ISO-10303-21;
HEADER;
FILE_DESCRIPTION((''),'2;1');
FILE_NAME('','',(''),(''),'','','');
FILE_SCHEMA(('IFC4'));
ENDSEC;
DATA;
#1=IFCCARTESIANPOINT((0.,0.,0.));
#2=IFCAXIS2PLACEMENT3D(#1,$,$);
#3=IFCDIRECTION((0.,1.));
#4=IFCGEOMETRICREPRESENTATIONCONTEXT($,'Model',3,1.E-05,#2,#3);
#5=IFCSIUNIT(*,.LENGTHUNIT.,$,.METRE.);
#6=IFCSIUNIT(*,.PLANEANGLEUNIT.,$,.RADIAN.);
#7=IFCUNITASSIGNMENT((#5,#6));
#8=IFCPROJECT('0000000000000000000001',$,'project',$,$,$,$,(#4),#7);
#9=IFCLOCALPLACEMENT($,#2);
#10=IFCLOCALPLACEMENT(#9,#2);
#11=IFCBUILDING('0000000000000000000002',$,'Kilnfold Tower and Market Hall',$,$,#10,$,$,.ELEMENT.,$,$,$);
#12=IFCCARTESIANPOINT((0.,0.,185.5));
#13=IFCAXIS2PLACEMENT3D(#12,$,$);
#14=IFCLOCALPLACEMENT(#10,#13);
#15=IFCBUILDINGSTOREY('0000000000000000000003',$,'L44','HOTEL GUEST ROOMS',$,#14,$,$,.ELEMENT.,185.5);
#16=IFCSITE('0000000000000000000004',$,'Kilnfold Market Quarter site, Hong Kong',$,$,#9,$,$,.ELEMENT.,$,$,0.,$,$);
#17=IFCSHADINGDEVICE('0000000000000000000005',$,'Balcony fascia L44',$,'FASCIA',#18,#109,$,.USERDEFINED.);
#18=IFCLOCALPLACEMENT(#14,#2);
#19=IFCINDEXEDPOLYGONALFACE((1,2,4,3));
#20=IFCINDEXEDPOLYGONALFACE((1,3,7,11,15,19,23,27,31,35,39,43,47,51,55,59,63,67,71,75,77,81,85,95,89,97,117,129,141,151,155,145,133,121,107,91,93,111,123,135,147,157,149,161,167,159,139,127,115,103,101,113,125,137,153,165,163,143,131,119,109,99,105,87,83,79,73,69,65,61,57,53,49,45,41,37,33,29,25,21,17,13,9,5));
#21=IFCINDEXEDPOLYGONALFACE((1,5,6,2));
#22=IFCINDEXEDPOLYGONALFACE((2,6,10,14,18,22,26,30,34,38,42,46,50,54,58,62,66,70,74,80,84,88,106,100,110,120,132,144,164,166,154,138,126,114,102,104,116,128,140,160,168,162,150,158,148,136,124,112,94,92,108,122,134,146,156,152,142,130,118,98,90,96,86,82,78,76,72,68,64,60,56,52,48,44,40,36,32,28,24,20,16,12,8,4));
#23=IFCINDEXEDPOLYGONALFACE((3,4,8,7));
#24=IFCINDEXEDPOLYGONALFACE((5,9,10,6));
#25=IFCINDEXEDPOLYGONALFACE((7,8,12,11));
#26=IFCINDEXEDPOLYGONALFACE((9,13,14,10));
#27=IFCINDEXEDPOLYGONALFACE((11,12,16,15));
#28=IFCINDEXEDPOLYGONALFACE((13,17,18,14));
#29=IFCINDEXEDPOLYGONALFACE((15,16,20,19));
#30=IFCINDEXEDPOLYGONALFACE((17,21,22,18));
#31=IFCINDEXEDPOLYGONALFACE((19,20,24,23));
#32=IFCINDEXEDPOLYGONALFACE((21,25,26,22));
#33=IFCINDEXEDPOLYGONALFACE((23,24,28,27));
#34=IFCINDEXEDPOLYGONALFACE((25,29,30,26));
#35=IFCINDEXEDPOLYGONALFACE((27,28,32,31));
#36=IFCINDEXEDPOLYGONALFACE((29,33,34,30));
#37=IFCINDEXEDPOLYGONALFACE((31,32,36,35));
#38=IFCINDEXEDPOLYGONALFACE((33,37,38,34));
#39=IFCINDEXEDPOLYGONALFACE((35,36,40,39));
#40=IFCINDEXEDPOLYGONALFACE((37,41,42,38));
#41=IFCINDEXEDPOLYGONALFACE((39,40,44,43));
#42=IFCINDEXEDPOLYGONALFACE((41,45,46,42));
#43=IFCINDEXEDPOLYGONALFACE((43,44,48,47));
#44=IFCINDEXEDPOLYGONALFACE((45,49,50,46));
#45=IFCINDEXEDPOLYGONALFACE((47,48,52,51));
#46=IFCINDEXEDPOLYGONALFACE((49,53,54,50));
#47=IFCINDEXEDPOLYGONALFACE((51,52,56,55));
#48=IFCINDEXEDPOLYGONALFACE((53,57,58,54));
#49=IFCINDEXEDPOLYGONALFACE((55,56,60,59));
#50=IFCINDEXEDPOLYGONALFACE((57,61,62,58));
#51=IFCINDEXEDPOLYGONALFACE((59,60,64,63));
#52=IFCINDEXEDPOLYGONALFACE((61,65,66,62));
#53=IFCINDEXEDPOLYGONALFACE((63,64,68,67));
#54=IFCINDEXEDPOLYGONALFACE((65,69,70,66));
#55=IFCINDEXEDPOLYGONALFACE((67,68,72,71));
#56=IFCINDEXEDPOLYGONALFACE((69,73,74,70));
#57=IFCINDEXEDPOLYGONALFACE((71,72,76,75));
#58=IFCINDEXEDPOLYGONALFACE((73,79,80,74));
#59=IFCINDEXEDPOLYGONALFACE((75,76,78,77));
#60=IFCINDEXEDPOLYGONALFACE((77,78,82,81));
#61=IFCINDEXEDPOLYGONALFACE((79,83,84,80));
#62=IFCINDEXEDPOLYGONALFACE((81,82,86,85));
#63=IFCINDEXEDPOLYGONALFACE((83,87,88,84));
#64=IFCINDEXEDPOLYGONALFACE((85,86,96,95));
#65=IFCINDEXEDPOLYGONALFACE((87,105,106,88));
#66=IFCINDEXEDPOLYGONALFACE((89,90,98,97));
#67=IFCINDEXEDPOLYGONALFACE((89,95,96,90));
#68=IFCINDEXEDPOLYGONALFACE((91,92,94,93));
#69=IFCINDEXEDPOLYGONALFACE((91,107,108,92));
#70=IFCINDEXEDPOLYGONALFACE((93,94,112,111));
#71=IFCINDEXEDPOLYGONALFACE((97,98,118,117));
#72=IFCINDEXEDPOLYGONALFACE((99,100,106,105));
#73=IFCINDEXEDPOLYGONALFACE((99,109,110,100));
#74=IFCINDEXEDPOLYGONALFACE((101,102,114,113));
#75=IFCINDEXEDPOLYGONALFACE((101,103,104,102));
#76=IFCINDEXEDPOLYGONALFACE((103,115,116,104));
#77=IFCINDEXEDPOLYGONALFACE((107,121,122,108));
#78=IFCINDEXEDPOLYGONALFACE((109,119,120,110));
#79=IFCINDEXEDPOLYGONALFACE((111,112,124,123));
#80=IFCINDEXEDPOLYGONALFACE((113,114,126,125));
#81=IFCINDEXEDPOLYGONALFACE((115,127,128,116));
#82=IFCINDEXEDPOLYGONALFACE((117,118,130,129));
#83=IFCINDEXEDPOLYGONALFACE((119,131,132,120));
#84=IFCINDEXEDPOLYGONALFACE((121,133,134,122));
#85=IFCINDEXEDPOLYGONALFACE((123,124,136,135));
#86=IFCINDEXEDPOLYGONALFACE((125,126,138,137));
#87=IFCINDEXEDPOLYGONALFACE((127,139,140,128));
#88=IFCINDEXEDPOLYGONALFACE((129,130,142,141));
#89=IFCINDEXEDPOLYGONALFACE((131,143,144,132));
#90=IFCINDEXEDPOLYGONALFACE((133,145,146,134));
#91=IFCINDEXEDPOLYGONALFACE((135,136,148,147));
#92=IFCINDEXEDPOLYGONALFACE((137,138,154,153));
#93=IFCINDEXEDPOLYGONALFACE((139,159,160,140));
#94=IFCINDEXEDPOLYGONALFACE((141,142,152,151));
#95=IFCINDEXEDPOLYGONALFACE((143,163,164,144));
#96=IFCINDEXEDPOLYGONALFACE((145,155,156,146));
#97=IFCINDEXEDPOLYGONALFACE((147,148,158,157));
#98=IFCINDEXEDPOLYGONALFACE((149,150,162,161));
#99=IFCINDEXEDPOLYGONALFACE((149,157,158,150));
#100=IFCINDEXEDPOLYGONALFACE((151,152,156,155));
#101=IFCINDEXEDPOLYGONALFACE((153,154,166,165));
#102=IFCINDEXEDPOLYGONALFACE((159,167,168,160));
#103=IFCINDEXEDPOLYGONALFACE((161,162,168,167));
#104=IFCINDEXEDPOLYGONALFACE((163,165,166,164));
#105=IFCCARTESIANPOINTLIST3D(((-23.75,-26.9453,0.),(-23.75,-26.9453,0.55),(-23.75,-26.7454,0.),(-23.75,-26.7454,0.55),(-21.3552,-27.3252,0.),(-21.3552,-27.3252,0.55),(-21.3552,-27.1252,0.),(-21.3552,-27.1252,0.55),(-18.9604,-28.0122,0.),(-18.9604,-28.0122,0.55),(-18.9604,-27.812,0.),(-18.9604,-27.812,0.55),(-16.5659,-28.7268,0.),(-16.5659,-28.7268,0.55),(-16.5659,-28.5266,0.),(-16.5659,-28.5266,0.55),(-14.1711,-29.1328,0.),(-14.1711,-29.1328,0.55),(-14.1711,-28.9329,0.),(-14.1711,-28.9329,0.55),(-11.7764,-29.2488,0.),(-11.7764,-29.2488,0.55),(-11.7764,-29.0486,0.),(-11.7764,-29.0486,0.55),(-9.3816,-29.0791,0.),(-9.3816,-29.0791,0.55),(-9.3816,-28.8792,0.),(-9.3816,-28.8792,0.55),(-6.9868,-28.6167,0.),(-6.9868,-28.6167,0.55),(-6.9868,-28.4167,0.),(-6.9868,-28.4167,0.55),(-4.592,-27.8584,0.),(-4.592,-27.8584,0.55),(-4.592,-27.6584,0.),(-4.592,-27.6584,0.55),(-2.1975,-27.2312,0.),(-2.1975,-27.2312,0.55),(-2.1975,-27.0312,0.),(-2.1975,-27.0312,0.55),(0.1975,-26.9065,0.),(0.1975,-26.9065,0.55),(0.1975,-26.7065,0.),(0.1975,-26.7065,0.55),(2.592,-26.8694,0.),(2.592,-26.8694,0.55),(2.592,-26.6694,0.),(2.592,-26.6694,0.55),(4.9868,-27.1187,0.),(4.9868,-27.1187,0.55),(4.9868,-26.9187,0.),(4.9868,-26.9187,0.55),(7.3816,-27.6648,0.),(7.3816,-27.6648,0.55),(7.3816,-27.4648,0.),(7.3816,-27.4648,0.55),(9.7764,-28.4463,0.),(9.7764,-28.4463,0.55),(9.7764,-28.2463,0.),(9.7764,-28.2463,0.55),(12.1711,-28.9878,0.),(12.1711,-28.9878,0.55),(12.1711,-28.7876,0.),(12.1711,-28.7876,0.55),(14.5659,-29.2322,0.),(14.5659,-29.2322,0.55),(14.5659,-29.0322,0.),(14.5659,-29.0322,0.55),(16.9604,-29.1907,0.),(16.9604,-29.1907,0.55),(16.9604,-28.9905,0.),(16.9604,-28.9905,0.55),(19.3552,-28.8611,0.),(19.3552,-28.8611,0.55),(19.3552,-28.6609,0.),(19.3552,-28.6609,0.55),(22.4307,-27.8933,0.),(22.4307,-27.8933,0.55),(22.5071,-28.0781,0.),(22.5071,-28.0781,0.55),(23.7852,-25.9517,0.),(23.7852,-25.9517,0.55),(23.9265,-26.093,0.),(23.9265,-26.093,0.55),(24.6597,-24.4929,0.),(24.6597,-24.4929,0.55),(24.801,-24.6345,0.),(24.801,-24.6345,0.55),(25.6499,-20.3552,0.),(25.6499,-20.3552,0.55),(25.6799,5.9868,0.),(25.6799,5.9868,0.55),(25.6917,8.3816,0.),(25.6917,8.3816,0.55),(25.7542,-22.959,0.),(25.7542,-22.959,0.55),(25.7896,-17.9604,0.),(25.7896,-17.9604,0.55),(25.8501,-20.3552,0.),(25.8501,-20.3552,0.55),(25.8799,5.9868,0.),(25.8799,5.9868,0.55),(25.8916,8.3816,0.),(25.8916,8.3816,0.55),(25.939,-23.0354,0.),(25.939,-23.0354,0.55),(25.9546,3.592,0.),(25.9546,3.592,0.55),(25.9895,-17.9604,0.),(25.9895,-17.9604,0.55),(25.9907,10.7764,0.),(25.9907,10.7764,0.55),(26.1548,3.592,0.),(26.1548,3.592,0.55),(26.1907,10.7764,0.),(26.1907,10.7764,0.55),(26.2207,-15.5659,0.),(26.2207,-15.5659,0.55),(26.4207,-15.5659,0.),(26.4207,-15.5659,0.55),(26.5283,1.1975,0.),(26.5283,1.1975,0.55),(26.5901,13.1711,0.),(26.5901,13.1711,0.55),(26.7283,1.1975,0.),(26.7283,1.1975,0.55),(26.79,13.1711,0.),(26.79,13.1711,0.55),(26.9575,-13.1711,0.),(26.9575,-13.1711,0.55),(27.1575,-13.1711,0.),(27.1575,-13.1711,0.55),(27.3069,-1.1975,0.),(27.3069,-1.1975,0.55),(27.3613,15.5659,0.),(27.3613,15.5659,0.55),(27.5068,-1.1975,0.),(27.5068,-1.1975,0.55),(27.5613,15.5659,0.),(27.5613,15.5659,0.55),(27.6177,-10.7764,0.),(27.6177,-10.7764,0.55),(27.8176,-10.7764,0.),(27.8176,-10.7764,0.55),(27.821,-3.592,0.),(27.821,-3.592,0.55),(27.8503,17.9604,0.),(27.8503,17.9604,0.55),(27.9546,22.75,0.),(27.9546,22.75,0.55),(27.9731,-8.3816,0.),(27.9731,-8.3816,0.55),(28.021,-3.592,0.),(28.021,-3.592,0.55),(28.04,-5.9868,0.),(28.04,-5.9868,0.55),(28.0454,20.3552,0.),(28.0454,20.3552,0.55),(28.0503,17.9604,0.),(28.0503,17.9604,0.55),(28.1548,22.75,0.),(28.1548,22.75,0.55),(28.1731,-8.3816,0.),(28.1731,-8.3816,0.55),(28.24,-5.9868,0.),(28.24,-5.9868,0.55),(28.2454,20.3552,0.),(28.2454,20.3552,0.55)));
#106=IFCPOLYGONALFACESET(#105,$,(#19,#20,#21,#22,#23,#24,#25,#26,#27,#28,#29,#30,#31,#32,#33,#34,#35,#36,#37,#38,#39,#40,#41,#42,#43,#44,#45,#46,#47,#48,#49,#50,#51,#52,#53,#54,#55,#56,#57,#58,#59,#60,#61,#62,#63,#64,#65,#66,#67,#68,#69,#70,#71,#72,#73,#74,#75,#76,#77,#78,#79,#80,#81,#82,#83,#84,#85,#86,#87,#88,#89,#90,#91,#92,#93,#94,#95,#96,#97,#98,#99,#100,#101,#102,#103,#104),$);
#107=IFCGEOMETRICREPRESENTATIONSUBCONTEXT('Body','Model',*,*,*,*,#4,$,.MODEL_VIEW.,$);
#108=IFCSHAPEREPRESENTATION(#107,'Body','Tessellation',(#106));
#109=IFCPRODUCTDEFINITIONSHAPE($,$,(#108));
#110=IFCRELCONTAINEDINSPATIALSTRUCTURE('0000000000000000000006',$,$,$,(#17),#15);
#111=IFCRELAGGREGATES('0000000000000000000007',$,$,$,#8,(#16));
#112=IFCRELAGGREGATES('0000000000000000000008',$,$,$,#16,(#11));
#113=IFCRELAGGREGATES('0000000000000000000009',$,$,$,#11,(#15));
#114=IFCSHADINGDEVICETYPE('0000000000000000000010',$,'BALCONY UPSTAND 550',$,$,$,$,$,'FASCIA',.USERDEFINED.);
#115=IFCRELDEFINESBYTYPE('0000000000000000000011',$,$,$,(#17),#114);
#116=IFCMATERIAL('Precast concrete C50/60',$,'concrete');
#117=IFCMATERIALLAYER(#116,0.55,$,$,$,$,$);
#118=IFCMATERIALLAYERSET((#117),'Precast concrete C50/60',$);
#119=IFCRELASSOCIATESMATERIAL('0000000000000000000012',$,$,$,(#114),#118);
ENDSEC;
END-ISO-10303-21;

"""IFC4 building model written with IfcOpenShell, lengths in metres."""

from ifc_helpers import new_model, si_unit, direction, frame, origin, place, context, subcontext, project, spatial, polyline, outline, extrude, source, transform, mapped, material, layer, layer_set, type_object, element, save


model = new_model("IFC4")

# Units and contexts
model_context = context("Model", 3, precision=1e-05, world=origin(), true_north=direction((0.0, 1.0)))
body_context = subcontext(model_context, "Body", "Model", "MODEL_VIEW")
ifc_project = project(units=[si_unit("LENGTHUNIT", "METRE"), si_unit("PLANEANGLEUNIT", "RADIAN")], contexts=[model_context])

# Site, building, storey
site_placement = place(None, origin())
site = spatial("IfcSite", under=ifc_project, at=site_placement, Name="Kilnfold Market Quarter site, Hong Kong", CompositionType="ELEMENT", RefElevation=0.0)
building_placement = place(site_placement, origin())
building = spatial("IfcBuilding", under=site, at=building_placement, Name="Kilnfold Tower and Market Hall", CompositionType="ELEMENT")
storey_placement = place(building_placement, frame((0.0, 0.0, 185.5)))
storey = spatial("IfcBuildingStorey", under=building, at=storey_placement, Name="L44", Description="HOTEL GUEST ROOMS", CompositionType="ELEMENT", Elevation=185.5)

# Shading device
ifc_material_1 = material(Name="Precast concrete C50/60", Category="concrete")
ifc_layer_1 = layer(ifc_material_1, 0.55)
ifc_layer_set_1 = layer_set([ifc_layer_1], Name="Precast concrete C50/60")
shading_device_type_1 = type_object("IfcShadingDeviceType", Name="BALCONY UPSTAND 550", ElementType="FASCIA", PredefinedType="USERDEFINED", material=ifc_layer_set_1)
shared_shape_1 = source(origin(), body_context, "Body", "SweptSolid", [
    extrude(outline(polyline([(-23.75, -26.9453), (-21.3552, -27.3252), (-18.9604, -28.0122), (-16.5659, -28.7268), (-14.1711, -29.1328), (-11.7764, -29.2488), (-9.3816, -29.0791), (-6.9868, -28.6167), (-4.592, -27.8584), (-2.1975, -27.2312), (0.1975, -26.9065), (2.592, -26.8694), (4.9868, -27.1187), (7.3816, -27.6648), (9.7764, -28.4463), (12.1711, -28.9878), (14.5659, -29.2322), (16.9604, -29.1907), (19.3552, -28.8611), (22.5071, -28.0781), (23.9265, -26.093), (24.801, -24.6345), (25.939, -23.0354), (25.8501, -20.3552), (25.9895, -17.9604), (26.4207, -15.5659), (27.1575, -13.1711), (27.8176, -10.7764), (28.1731, -8.3816), (28.24, -5.9868), (28.021, -3.592), (27.5068, -1.1975), (26.7283, 1.1975), (26.1548, 3.592), (25.8799, 5.9868), (25.8916, 8.3816), (26.1907, 10.7764), (26.79, 13.1711), (27.5613, 15.5659), (28.0503, 17.9604), (28.2454, 20.3552), (28.1548, 22.75), (27.9546, 22.75), (28.0454, 20.3552), (27.8503, 17.9604), (27.3613, 15.5659), (26.5901, 13.1711), (25.9907, 10.7764), (25.6917, 8.3816), (25.6799, 5.9868), (25.9546, 3.592), (26.5283, 1.1975), (27.3069, -1.1975), (27.821, -3.592), (28.04, -5.9868), (27.9731, -8.3816), (27.6177, -10.7764), (26.9575, -13.1711), (26.2207, -15.5659), (25.7896, -17.9604), (25.6499, -20.3552), (25.7542, -22.959), (24.6597, -24.4929), (23.7852, -25.9517), (22.4307, -27.8933), (19.3552, -28.6609), (16.9604, -28.9905), (14.5659, -29.0322), (12.1711, -28.7876), (9.7764, -28.2463), (7.3816, -27.4648), (4.9868, -26.9187), (2.592, -26.6694), (0.1975, -26.7065), (-2.1975, -27.0312), (-4.592, -27.6584), (-6.9868, -28.4167), (-9.3816, -28.8792), (-11.7764, -29.0486), (-14.1711, -28.9329), (-16.5659, -28.5266), (-18.9604, -27.812), (-21.3552, -27.1252), (-23.75, -26.7454), (-23.75, -26.9453)])), origin(), (0.0, 0.0, 1.0), 0.55),
])
shading_device_1_placement = place(storey_placement, origin())
element("IfcShadingDevice", 1, at=shading_device_1_placement, inside=storey, type_object=shading_device_type_1, Name="Balcony fascia L44", ObjectType="FASCIA", PredefinedType="USERDEFINED", context=body_context, shape_type="MappedRepresentation", body=[
    mapped(shared_shape_1, transform((0.0, 0.0, 0.0))),
])

save(model, "model.ifc")
